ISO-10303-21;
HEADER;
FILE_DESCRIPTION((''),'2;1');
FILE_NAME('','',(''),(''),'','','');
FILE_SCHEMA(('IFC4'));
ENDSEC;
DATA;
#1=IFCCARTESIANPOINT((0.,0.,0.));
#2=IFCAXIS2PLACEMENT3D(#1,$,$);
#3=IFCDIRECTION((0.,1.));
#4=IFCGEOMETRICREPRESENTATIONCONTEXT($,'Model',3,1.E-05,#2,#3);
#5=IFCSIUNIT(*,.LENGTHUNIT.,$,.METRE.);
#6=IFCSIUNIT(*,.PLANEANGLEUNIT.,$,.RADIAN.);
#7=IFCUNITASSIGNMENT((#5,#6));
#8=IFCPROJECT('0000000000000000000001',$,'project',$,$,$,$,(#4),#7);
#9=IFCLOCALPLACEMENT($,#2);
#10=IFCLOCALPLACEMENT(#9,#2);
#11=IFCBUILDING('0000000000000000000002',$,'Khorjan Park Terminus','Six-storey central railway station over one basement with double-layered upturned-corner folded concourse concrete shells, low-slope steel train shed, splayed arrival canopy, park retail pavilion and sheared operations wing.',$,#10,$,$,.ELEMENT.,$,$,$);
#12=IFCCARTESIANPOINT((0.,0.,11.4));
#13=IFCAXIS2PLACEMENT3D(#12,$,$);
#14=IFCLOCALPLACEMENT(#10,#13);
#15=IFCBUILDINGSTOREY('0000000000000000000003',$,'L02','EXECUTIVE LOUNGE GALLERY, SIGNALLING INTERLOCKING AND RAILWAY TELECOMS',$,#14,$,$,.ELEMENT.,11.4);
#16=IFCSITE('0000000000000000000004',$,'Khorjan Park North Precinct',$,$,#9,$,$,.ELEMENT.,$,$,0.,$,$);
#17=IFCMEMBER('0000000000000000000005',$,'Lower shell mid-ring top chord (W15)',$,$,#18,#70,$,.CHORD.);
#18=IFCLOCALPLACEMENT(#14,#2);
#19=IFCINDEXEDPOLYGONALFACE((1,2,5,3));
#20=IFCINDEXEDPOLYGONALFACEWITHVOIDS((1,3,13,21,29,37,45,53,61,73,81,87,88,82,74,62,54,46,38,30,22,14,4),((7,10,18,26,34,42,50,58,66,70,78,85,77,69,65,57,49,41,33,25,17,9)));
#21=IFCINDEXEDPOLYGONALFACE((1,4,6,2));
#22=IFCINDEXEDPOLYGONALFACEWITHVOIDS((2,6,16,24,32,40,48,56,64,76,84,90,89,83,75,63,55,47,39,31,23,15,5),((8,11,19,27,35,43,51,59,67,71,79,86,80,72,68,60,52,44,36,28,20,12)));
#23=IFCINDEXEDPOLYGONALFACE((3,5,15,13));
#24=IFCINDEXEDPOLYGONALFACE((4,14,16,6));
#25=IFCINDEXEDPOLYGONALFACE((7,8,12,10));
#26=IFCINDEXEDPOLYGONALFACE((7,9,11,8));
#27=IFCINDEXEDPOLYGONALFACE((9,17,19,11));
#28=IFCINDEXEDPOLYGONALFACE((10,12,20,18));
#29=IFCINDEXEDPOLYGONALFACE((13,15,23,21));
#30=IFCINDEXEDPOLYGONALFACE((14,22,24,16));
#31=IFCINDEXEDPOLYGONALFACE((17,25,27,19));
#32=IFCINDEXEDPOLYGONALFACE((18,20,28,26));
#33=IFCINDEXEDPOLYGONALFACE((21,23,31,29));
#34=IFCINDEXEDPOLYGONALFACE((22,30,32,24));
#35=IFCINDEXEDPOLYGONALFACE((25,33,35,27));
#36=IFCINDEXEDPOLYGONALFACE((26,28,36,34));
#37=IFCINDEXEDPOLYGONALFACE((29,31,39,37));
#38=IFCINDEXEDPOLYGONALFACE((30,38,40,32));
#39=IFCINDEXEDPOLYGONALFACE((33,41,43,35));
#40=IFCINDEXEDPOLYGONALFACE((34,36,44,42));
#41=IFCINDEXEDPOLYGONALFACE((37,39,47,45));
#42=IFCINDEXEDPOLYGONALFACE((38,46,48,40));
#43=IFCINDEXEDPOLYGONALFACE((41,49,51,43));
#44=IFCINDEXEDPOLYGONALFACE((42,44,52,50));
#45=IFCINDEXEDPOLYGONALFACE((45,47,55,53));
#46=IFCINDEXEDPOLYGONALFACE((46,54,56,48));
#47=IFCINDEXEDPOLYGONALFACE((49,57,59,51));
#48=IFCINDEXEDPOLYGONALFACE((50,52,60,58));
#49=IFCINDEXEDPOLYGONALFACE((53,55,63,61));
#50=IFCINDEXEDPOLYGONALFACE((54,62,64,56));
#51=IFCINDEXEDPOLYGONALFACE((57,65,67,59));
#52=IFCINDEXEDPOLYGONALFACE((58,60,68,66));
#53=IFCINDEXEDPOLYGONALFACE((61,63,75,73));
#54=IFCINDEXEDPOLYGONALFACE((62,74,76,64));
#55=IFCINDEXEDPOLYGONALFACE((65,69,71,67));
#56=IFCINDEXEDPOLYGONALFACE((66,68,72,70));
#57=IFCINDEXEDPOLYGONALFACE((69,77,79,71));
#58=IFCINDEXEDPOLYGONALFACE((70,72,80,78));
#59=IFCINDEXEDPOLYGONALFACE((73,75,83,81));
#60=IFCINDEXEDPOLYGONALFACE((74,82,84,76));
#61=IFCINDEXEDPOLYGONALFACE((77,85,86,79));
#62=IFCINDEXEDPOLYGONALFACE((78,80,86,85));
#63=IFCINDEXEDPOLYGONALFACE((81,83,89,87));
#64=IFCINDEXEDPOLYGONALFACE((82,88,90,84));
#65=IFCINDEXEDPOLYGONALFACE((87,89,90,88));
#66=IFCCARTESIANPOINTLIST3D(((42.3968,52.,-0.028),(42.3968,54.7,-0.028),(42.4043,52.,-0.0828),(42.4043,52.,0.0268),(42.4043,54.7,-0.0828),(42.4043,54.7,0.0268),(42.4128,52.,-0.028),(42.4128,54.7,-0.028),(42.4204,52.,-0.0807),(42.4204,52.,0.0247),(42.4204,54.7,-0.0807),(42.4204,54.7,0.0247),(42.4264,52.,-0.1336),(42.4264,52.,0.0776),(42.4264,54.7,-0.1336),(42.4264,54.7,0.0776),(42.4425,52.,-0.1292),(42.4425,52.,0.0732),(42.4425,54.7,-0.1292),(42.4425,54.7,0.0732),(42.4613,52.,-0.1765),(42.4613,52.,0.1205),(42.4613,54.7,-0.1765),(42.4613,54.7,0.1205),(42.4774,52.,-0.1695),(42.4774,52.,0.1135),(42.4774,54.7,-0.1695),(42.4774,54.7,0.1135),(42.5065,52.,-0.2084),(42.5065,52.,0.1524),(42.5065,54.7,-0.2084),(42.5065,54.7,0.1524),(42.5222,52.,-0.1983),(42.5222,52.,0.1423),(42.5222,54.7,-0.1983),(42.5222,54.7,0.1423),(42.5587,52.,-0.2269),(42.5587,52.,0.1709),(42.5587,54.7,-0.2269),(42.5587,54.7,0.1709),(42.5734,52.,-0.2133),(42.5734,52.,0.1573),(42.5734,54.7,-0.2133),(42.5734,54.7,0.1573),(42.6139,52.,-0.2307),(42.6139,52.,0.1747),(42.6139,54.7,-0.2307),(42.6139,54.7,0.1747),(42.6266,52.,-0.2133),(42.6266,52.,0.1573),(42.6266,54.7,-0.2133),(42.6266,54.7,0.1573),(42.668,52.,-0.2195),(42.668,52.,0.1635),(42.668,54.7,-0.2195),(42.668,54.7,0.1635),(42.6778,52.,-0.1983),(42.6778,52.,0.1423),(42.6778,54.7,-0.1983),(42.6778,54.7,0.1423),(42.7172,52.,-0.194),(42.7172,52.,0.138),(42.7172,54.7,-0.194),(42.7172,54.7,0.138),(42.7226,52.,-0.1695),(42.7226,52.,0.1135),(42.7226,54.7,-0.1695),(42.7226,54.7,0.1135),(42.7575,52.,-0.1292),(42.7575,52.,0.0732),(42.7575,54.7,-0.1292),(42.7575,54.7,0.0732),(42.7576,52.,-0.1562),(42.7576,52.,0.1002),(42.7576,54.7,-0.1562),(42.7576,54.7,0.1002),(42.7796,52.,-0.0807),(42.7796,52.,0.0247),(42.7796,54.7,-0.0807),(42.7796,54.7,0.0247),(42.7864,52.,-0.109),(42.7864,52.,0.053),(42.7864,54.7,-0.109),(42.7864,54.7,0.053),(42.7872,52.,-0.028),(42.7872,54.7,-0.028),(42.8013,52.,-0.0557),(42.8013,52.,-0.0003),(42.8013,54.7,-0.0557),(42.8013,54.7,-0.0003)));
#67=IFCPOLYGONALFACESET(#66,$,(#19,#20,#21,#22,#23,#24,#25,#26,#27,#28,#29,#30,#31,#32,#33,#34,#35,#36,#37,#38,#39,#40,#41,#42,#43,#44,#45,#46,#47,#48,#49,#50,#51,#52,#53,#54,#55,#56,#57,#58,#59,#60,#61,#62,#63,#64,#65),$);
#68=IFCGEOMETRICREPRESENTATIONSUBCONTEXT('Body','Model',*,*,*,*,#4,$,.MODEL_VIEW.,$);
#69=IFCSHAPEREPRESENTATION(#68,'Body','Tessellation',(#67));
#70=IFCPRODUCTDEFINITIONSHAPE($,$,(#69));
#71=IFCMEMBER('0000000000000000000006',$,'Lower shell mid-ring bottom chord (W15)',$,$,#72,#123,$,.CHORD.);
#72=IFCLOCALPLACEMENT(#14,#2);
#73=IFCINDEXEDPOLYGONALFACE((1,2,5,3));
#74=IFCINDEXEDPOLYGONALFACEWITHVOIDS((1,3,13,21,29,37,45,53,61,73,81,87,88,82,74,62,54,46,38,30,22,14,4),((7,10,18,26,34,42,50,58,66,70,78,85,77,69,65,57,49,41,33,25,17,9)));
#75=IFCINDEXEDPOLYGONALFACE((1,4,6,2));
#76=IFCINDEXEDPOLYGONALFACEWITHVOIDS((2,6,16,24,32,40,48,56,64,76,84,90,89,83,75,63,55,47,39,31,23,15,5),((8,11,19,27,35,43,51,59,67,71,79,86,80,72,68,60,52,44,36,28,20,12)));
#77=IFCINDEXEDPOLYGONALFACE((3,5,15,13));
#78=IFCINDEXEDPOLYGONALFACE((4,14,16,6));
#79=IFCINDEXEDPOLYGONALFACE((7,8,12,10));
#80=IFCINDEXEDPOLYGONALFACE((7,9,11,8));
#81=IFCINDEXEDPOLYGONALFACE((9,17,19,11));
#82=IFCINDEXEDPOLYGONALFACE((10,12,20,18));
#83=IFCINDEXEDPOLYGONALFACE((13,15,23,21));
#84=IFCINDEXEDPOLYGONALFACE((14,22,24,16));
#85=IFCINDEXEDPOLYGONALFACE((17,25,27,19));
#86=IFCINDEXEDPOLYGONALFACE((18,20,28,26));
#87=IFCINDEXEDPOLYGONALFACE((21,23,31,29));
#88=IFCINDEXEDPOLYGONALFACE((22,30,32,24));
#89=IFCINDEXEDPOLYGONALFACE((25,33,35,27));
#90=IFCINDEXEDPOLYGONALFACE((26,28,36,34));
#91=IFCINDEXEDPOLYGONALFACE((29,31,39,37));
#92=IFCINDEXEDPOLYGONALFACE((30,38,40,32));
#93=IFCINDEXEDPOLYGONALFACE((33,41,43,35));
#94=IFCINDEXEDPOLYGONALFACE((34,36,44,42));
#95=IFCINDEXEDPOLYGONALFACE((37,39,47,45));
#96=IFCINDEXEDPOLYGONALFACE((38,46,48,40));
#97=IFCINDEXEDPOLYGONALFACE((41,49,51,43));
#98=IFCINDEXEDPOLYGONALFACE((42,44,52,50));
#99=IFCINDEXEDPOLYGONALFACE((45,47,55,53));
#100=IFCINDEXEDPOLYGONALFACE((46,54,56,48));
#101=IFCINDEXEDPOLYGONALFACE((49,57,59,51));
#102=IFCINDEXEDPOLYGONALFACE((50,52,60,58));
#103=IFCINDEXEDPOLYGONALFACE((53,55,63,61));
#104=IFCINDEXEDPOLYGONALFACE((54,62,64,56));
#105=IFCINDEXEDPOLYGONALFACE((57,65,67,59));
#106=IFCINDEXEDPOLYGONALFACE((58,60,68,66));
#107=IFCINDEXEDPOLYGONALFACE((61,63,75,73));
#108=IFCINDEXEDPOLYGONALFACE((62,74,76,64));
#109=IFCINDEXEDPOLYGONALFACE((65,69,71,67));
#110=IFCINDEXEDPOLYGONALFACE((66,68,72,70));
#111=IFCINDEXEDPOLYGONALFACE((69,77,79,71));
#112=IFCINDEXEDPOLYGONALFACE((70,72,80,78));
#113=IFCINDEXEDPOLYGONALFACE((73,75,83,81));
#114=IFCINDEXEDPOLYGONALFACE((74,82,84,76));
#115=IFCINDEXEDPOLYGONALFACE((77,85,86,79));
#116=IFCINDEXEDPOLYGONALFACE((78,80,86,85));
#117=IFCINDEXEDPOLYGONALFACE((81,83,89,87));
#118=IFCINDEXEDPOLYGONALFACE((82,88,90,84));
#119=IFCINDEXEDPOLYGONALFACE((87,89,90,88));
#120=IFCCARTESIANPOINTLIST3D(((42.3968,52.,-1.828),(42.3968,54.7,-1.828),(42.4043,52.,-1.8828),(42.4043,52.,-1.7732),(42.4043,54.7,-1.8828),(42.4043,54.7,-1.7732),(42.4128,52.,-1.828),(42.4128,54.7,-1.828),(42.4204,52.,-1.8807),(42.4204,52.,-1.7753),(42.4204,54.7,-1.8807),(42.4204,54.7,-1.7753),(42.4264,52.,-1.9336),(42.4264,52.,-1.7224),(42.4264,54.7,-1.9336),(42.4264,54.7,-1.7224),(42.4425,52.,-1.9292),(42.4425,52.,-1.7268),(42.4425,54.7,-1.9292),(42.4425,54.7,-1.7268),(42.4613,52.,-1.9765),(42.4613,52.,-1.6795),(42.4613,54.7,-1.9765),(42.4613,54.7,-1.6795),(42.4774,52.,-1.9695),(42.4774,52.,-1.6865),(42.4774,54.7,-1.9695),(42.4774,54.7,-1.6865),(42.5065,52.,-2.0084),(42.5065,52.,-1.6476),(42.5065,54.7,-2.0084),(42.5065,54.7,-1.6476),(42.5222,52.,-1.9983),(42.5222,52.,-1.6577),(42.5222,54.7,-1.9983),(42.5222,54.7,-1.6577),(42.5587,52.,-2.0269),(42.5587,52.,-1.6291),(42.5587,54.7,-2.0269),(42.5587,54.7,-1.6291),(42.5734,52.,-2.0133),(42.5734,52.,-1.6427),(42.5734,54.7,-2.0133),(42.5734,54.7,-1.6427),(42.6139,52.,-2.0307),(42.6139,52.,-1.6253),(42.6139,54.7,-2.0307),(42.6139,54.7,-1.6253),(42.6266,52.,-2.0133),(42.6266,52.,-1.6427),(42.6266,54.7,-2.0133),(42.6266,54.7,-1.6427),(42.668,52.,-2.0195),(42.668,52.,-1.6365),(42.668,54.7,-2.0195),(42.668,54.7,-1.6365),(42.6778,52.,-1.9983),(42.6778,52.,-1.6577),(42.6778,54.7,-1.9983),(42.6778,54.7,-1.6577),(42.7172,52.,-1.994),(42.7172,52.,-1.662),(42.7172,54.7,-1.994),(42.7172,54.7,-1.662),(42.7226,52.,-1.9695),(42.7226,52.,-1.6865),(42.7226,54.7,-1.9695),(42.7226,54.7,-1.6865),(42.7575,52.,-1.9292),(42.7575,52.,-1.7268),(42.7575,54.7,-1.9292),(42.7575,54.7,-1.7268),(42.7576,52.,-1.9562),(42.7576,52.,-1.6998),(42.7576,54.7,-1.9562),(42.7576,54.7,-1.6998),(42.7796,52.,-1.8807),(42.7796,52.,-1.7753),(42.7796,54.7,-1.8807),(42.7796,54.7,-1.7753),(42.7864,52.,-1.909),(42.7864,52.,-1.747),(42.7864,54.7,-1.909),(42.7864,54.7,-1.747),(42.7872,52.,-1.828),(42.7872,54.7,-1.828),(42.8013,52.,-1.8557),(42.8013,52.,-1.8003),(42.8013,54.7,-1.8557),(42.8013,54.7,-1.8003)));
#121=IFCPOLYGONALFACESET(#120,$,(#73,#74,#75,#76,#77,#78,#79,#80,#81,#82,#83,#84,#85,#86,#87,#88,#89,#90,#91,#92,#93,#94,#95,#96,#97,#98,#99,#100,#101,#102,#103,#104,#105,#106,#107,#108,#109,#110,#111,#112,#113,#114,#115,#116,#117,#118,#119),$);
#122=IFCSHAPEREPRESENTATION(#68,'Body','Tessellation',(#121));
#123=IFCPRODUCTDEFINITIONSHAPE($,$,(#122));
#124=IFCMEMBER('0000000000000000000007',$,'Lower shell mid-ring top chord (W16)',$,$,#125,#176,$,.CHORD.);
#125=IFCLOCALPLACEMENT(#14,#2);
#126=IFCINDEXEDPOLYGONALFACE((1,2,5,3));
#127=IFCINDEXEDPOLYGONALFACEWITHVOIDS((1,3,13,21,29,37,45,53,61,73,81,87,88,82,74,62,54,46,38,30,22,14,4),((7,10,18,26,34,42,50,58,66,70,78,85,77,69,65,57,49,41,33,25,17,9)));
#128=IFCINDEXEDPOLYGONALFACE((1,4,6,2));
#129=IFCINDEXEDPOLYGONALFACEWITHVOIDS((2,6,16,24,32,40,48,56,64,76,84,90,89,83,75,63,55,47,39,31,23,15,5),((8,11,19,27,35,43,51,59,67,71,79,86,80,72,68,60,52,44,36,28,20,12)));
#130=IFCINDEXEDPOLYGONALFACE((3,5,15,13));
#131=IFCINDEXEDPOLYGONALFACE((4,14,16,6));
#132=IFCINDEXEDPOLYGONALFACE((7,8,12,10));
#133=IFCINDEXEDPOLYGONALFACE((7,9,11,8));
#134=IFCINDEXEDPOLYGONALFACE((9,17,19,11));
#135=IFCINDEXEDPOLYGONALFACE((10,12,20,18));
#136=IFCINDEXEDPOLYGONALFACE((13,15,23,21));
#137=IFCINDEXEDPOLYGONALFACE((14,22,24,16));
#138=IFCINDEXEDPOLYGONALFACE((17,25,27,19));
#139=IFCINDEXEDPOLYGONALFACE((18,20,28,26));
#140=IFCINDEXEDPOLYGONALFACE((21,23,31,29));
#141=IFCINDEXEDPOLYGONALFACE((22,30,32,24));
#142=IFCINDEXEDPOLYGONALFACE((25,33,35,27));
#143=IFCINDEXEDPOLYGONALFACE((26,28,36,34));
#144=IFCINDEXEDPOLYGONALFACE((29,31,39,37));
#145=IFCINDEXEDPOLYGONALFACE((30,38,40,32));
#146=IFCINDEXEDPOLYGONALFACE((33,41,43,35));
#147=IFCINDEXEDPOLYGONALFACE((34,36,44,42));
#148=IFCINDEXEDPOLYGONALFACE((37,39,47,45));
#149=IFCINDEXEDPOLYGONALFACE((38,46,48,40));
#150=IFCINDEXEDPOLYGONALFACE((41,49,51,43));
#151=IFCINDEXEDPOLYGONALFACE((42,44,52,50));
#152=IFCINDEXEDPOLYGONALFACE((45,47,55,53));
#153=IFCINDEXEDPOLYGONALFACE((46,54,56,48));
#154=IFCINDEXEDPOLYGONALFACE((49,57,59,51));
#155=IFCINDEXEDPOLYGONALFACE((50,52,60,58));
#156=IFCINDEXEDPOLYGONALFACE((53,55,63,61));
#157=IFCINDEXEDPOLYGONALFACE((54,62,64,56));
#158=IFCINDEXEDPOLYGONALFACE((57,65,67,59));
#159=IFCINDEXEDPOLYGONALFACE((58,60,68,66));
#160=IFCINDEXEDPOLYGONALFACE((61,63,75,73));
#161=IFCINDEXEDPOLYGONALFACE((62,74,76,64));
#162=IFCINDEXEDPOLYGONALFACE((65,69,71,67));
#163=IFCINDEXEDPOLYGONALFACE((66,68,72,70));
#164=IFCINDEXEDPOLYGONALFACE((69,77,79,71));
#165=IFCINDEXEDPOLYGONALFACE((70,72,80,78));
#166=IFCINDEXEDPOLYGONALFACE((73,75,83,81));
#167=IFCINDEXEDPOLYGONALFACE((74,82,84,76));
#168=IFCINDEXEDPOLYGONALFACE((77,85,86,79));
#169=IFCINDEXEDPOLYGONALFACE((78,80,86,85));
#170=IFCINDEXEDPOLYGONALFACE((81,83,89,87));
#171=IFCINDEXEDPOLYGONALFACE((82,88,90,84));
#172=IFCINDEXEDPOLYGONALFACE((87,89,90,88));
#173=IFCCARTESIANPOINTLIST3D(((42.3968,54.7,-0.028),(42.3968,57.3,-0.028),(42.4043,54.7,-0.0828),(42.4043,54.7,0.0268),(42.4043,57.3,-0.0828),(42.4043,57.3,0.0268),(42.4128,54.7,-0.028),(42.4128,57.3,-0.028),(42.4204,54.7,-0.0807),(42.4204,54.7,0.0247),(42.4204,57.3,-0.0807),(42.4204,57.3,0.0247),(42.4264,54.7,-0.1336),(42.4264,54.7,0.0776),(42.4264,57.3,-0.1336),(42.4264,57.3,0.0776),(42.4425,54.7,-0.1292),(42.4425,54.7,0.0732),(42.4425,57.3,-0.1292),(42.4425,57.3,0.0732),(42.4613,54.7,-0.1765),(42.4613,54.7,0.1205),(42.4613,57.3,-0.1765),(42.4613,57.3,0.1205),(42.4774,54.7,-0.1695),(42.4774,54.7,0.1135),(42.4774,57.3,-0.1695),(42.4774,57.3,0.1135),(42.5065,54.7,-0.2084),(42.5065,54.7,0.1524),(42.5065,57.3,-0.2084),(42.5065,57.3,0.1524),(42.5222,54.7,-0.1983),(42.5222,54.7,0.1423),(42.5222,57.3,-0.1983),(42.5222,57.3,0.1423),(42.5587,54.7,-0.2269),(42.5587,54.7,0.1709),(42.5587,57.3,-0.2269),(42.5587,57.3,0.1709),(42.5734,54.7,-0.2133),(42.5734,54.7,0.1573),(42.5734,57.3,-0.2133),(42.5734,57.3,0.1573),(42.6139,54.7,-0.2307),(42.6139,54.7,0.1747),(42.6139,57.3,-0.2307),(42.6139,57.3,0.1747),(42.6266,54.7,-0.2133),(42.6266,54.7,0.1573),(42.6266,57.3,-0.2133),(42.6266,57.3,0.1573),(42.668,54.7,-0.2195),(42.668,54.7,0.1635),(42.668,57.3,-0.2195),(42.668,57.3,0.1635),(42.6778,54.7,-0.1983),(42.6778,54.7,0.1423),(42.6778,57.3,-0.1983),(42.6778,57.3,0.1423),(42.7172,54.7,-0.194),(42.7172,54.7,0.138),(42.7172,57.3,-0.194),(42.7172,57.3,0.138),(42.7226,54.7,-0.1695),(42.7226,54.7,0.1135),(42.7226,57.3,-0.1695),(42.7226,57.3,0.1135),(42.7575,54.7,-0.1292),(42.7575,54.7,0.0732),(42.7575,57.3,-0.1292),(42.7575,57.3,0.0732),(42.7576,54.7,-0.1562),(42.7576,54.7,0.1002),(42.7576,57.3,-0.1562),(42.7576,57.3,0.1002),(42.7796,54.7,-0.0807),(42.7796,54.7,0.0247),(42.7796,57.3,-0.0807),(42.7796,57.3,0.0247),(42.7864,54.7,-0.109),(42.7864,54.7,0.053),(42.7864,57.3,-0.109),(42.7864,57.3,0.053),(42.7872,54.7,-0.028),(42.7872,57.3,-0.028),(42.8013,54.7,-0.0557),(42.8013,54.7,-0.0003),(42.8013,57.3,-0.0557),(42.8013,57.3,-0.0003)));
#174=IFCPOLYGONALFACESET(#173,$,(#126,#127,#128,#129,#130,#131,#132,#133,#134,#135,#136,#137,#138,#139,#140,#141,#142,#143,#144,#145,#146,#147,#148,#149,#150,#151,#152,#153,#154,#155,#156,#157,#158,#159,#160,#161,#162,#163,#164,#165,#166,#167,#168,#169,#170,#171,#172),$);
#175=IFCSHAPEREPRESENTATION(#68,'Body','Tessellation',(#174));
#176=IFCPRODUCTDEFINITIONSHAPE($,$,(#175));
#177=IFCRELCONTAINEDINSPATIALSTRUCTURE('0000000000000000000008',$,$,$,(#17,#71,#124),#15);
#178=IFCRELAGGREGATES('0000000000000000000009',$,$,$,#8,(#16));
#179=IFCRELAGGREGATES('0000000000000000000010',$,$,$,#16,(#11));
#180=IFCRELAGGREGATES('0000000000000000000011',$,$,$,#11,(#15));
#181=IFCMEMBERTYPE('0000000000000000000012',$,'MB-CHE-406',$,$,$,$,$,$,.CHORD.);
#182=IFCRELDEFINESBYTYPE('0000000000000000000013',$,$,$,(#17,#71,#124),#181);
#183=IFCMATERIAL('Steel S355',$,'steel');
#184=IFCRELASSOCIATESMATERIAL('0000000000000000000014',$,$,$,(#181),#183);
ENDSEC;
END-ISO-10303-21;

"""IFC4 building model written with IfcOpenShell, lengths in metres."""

from ifc_helpers import new_model, si_unit, direction, frame, origin, origin_2d, place, context, subcontext, project, spatial, hollow_circle, extrude, material, material_profile, profile_set, type_object, element, save


model = new_model("IFC4")

# Units and contexts
model_context = context("Model", 3, precision=1e-05, world=origin(), true_north=direction((0.0, 1.0)))
body_context = subcontext(model_context, "Body", "Model", "MODEL_VIEW")
ifc_project = project(units=[si_unit("LENGTHUNIT", "METRE"), si_unit("PLANEANGLEUNIT", "RADIAN")], contexts=[model_context])

# Site, building, storey
site_placement = place(None, origin())
site = spatial("IfcSite", under=ifc_project, at=site_placement, Name="Khorjan Park North Precinct", CompositionType="ELEMENT", RefElevation=0.0)
building_placement = place(site_placement, origin())
building = spatial("IfcBuilding", under=site, at=building_placement, Name="Khorjan Park Terminus", Description="Six-storey central railway station over one basement with double-layered upturned-corner folded concourse concrete shells, low-slope steel train shed, splayed arrival canopy, park retail pavilion and sheared operations wing.", CompositionType="ELEMENT")
storey_placement = place(building_placement, frame((0.0, 0.0, 11.4)))
storey = spatial("IfcBuildingStorey", under=building, at=storey_placement, Name="L02", Description="EXECUTIVE LOUNGE GALLERY, SIGNALLING INTERLOCKING AND RAILWAY TELECOMS", CompositionType="ELEMENT", Elevation=11.4)

# Members
ifc_material_1 = material(Name="Steel S355", Category="steel")
ifc_material_profile_1 = material_profile(ifc_material_1, hollow_circle(Radius=0.2032, WallThickness=0.016, at=origin_2d()), Name="CHS 406.4x16")
ifc_profile_set_1 = profile_set([ifc_material_profile_1], Name="Steel S355")
member_type_1 = type_object("IfcMemberType", Name="MB-CHE-406", PredefinedType="CHORD", material=ifc_profile_set_1)
for number, where, z_axis, x_axis, name in (
    (1, (42.6, 52.0, -0.028), (0.0, 1.0, 0.0), (-1.0, 0.0, 0.0), "Lower shell mid-ring top chord (W15)"),
    (2, (42.6, 52.0, -1.828), (0.0, 1.0, 0.0), (-1.0, 0.0, 0.0), "Lower shell mid-ring bottom chord (W15)"),
):
    element("IfcMember", number, at=place(storey_placement, frame(where, z_axis=z_axis, x_axis=x_axis)), inside=storey, type_object=member_type_1, Name=name, PredefinedType="CHORD", context=body_context, shape_type="SweptSolid", body=[
        extrude(hollow_circle(Radius=0.2032, WallThickness=0.016, at=origin_2d()), origin(), (0.0, 0.0, 1.0), 2.7),
    ])
for number, where, z_axis, x_axis, name in (
    (3, (42.6, 54.7, -0.028), (0.0, 1.0, 0.0), (-1.0, 0.0, 0.0), "Lower shell mid-ring top chord (W16)"),
):
    element("IfcMember", number, at=place(storey_placement, frame(where, z_axis=z_axis, x_axis=x_axis)), inside=storey, type_object=member_type_1, Name=name, PredefinedType="CHORD", context=body_context, shape_type="SweptSolid", body=[
        extrude(hollow_circle(Radius=0.2032, WallThickness=0.016, at=origin_2d()), origin(), (0.0, 0.0, 1.0), 2.6),
    ])

save(model, "model.ifc")
